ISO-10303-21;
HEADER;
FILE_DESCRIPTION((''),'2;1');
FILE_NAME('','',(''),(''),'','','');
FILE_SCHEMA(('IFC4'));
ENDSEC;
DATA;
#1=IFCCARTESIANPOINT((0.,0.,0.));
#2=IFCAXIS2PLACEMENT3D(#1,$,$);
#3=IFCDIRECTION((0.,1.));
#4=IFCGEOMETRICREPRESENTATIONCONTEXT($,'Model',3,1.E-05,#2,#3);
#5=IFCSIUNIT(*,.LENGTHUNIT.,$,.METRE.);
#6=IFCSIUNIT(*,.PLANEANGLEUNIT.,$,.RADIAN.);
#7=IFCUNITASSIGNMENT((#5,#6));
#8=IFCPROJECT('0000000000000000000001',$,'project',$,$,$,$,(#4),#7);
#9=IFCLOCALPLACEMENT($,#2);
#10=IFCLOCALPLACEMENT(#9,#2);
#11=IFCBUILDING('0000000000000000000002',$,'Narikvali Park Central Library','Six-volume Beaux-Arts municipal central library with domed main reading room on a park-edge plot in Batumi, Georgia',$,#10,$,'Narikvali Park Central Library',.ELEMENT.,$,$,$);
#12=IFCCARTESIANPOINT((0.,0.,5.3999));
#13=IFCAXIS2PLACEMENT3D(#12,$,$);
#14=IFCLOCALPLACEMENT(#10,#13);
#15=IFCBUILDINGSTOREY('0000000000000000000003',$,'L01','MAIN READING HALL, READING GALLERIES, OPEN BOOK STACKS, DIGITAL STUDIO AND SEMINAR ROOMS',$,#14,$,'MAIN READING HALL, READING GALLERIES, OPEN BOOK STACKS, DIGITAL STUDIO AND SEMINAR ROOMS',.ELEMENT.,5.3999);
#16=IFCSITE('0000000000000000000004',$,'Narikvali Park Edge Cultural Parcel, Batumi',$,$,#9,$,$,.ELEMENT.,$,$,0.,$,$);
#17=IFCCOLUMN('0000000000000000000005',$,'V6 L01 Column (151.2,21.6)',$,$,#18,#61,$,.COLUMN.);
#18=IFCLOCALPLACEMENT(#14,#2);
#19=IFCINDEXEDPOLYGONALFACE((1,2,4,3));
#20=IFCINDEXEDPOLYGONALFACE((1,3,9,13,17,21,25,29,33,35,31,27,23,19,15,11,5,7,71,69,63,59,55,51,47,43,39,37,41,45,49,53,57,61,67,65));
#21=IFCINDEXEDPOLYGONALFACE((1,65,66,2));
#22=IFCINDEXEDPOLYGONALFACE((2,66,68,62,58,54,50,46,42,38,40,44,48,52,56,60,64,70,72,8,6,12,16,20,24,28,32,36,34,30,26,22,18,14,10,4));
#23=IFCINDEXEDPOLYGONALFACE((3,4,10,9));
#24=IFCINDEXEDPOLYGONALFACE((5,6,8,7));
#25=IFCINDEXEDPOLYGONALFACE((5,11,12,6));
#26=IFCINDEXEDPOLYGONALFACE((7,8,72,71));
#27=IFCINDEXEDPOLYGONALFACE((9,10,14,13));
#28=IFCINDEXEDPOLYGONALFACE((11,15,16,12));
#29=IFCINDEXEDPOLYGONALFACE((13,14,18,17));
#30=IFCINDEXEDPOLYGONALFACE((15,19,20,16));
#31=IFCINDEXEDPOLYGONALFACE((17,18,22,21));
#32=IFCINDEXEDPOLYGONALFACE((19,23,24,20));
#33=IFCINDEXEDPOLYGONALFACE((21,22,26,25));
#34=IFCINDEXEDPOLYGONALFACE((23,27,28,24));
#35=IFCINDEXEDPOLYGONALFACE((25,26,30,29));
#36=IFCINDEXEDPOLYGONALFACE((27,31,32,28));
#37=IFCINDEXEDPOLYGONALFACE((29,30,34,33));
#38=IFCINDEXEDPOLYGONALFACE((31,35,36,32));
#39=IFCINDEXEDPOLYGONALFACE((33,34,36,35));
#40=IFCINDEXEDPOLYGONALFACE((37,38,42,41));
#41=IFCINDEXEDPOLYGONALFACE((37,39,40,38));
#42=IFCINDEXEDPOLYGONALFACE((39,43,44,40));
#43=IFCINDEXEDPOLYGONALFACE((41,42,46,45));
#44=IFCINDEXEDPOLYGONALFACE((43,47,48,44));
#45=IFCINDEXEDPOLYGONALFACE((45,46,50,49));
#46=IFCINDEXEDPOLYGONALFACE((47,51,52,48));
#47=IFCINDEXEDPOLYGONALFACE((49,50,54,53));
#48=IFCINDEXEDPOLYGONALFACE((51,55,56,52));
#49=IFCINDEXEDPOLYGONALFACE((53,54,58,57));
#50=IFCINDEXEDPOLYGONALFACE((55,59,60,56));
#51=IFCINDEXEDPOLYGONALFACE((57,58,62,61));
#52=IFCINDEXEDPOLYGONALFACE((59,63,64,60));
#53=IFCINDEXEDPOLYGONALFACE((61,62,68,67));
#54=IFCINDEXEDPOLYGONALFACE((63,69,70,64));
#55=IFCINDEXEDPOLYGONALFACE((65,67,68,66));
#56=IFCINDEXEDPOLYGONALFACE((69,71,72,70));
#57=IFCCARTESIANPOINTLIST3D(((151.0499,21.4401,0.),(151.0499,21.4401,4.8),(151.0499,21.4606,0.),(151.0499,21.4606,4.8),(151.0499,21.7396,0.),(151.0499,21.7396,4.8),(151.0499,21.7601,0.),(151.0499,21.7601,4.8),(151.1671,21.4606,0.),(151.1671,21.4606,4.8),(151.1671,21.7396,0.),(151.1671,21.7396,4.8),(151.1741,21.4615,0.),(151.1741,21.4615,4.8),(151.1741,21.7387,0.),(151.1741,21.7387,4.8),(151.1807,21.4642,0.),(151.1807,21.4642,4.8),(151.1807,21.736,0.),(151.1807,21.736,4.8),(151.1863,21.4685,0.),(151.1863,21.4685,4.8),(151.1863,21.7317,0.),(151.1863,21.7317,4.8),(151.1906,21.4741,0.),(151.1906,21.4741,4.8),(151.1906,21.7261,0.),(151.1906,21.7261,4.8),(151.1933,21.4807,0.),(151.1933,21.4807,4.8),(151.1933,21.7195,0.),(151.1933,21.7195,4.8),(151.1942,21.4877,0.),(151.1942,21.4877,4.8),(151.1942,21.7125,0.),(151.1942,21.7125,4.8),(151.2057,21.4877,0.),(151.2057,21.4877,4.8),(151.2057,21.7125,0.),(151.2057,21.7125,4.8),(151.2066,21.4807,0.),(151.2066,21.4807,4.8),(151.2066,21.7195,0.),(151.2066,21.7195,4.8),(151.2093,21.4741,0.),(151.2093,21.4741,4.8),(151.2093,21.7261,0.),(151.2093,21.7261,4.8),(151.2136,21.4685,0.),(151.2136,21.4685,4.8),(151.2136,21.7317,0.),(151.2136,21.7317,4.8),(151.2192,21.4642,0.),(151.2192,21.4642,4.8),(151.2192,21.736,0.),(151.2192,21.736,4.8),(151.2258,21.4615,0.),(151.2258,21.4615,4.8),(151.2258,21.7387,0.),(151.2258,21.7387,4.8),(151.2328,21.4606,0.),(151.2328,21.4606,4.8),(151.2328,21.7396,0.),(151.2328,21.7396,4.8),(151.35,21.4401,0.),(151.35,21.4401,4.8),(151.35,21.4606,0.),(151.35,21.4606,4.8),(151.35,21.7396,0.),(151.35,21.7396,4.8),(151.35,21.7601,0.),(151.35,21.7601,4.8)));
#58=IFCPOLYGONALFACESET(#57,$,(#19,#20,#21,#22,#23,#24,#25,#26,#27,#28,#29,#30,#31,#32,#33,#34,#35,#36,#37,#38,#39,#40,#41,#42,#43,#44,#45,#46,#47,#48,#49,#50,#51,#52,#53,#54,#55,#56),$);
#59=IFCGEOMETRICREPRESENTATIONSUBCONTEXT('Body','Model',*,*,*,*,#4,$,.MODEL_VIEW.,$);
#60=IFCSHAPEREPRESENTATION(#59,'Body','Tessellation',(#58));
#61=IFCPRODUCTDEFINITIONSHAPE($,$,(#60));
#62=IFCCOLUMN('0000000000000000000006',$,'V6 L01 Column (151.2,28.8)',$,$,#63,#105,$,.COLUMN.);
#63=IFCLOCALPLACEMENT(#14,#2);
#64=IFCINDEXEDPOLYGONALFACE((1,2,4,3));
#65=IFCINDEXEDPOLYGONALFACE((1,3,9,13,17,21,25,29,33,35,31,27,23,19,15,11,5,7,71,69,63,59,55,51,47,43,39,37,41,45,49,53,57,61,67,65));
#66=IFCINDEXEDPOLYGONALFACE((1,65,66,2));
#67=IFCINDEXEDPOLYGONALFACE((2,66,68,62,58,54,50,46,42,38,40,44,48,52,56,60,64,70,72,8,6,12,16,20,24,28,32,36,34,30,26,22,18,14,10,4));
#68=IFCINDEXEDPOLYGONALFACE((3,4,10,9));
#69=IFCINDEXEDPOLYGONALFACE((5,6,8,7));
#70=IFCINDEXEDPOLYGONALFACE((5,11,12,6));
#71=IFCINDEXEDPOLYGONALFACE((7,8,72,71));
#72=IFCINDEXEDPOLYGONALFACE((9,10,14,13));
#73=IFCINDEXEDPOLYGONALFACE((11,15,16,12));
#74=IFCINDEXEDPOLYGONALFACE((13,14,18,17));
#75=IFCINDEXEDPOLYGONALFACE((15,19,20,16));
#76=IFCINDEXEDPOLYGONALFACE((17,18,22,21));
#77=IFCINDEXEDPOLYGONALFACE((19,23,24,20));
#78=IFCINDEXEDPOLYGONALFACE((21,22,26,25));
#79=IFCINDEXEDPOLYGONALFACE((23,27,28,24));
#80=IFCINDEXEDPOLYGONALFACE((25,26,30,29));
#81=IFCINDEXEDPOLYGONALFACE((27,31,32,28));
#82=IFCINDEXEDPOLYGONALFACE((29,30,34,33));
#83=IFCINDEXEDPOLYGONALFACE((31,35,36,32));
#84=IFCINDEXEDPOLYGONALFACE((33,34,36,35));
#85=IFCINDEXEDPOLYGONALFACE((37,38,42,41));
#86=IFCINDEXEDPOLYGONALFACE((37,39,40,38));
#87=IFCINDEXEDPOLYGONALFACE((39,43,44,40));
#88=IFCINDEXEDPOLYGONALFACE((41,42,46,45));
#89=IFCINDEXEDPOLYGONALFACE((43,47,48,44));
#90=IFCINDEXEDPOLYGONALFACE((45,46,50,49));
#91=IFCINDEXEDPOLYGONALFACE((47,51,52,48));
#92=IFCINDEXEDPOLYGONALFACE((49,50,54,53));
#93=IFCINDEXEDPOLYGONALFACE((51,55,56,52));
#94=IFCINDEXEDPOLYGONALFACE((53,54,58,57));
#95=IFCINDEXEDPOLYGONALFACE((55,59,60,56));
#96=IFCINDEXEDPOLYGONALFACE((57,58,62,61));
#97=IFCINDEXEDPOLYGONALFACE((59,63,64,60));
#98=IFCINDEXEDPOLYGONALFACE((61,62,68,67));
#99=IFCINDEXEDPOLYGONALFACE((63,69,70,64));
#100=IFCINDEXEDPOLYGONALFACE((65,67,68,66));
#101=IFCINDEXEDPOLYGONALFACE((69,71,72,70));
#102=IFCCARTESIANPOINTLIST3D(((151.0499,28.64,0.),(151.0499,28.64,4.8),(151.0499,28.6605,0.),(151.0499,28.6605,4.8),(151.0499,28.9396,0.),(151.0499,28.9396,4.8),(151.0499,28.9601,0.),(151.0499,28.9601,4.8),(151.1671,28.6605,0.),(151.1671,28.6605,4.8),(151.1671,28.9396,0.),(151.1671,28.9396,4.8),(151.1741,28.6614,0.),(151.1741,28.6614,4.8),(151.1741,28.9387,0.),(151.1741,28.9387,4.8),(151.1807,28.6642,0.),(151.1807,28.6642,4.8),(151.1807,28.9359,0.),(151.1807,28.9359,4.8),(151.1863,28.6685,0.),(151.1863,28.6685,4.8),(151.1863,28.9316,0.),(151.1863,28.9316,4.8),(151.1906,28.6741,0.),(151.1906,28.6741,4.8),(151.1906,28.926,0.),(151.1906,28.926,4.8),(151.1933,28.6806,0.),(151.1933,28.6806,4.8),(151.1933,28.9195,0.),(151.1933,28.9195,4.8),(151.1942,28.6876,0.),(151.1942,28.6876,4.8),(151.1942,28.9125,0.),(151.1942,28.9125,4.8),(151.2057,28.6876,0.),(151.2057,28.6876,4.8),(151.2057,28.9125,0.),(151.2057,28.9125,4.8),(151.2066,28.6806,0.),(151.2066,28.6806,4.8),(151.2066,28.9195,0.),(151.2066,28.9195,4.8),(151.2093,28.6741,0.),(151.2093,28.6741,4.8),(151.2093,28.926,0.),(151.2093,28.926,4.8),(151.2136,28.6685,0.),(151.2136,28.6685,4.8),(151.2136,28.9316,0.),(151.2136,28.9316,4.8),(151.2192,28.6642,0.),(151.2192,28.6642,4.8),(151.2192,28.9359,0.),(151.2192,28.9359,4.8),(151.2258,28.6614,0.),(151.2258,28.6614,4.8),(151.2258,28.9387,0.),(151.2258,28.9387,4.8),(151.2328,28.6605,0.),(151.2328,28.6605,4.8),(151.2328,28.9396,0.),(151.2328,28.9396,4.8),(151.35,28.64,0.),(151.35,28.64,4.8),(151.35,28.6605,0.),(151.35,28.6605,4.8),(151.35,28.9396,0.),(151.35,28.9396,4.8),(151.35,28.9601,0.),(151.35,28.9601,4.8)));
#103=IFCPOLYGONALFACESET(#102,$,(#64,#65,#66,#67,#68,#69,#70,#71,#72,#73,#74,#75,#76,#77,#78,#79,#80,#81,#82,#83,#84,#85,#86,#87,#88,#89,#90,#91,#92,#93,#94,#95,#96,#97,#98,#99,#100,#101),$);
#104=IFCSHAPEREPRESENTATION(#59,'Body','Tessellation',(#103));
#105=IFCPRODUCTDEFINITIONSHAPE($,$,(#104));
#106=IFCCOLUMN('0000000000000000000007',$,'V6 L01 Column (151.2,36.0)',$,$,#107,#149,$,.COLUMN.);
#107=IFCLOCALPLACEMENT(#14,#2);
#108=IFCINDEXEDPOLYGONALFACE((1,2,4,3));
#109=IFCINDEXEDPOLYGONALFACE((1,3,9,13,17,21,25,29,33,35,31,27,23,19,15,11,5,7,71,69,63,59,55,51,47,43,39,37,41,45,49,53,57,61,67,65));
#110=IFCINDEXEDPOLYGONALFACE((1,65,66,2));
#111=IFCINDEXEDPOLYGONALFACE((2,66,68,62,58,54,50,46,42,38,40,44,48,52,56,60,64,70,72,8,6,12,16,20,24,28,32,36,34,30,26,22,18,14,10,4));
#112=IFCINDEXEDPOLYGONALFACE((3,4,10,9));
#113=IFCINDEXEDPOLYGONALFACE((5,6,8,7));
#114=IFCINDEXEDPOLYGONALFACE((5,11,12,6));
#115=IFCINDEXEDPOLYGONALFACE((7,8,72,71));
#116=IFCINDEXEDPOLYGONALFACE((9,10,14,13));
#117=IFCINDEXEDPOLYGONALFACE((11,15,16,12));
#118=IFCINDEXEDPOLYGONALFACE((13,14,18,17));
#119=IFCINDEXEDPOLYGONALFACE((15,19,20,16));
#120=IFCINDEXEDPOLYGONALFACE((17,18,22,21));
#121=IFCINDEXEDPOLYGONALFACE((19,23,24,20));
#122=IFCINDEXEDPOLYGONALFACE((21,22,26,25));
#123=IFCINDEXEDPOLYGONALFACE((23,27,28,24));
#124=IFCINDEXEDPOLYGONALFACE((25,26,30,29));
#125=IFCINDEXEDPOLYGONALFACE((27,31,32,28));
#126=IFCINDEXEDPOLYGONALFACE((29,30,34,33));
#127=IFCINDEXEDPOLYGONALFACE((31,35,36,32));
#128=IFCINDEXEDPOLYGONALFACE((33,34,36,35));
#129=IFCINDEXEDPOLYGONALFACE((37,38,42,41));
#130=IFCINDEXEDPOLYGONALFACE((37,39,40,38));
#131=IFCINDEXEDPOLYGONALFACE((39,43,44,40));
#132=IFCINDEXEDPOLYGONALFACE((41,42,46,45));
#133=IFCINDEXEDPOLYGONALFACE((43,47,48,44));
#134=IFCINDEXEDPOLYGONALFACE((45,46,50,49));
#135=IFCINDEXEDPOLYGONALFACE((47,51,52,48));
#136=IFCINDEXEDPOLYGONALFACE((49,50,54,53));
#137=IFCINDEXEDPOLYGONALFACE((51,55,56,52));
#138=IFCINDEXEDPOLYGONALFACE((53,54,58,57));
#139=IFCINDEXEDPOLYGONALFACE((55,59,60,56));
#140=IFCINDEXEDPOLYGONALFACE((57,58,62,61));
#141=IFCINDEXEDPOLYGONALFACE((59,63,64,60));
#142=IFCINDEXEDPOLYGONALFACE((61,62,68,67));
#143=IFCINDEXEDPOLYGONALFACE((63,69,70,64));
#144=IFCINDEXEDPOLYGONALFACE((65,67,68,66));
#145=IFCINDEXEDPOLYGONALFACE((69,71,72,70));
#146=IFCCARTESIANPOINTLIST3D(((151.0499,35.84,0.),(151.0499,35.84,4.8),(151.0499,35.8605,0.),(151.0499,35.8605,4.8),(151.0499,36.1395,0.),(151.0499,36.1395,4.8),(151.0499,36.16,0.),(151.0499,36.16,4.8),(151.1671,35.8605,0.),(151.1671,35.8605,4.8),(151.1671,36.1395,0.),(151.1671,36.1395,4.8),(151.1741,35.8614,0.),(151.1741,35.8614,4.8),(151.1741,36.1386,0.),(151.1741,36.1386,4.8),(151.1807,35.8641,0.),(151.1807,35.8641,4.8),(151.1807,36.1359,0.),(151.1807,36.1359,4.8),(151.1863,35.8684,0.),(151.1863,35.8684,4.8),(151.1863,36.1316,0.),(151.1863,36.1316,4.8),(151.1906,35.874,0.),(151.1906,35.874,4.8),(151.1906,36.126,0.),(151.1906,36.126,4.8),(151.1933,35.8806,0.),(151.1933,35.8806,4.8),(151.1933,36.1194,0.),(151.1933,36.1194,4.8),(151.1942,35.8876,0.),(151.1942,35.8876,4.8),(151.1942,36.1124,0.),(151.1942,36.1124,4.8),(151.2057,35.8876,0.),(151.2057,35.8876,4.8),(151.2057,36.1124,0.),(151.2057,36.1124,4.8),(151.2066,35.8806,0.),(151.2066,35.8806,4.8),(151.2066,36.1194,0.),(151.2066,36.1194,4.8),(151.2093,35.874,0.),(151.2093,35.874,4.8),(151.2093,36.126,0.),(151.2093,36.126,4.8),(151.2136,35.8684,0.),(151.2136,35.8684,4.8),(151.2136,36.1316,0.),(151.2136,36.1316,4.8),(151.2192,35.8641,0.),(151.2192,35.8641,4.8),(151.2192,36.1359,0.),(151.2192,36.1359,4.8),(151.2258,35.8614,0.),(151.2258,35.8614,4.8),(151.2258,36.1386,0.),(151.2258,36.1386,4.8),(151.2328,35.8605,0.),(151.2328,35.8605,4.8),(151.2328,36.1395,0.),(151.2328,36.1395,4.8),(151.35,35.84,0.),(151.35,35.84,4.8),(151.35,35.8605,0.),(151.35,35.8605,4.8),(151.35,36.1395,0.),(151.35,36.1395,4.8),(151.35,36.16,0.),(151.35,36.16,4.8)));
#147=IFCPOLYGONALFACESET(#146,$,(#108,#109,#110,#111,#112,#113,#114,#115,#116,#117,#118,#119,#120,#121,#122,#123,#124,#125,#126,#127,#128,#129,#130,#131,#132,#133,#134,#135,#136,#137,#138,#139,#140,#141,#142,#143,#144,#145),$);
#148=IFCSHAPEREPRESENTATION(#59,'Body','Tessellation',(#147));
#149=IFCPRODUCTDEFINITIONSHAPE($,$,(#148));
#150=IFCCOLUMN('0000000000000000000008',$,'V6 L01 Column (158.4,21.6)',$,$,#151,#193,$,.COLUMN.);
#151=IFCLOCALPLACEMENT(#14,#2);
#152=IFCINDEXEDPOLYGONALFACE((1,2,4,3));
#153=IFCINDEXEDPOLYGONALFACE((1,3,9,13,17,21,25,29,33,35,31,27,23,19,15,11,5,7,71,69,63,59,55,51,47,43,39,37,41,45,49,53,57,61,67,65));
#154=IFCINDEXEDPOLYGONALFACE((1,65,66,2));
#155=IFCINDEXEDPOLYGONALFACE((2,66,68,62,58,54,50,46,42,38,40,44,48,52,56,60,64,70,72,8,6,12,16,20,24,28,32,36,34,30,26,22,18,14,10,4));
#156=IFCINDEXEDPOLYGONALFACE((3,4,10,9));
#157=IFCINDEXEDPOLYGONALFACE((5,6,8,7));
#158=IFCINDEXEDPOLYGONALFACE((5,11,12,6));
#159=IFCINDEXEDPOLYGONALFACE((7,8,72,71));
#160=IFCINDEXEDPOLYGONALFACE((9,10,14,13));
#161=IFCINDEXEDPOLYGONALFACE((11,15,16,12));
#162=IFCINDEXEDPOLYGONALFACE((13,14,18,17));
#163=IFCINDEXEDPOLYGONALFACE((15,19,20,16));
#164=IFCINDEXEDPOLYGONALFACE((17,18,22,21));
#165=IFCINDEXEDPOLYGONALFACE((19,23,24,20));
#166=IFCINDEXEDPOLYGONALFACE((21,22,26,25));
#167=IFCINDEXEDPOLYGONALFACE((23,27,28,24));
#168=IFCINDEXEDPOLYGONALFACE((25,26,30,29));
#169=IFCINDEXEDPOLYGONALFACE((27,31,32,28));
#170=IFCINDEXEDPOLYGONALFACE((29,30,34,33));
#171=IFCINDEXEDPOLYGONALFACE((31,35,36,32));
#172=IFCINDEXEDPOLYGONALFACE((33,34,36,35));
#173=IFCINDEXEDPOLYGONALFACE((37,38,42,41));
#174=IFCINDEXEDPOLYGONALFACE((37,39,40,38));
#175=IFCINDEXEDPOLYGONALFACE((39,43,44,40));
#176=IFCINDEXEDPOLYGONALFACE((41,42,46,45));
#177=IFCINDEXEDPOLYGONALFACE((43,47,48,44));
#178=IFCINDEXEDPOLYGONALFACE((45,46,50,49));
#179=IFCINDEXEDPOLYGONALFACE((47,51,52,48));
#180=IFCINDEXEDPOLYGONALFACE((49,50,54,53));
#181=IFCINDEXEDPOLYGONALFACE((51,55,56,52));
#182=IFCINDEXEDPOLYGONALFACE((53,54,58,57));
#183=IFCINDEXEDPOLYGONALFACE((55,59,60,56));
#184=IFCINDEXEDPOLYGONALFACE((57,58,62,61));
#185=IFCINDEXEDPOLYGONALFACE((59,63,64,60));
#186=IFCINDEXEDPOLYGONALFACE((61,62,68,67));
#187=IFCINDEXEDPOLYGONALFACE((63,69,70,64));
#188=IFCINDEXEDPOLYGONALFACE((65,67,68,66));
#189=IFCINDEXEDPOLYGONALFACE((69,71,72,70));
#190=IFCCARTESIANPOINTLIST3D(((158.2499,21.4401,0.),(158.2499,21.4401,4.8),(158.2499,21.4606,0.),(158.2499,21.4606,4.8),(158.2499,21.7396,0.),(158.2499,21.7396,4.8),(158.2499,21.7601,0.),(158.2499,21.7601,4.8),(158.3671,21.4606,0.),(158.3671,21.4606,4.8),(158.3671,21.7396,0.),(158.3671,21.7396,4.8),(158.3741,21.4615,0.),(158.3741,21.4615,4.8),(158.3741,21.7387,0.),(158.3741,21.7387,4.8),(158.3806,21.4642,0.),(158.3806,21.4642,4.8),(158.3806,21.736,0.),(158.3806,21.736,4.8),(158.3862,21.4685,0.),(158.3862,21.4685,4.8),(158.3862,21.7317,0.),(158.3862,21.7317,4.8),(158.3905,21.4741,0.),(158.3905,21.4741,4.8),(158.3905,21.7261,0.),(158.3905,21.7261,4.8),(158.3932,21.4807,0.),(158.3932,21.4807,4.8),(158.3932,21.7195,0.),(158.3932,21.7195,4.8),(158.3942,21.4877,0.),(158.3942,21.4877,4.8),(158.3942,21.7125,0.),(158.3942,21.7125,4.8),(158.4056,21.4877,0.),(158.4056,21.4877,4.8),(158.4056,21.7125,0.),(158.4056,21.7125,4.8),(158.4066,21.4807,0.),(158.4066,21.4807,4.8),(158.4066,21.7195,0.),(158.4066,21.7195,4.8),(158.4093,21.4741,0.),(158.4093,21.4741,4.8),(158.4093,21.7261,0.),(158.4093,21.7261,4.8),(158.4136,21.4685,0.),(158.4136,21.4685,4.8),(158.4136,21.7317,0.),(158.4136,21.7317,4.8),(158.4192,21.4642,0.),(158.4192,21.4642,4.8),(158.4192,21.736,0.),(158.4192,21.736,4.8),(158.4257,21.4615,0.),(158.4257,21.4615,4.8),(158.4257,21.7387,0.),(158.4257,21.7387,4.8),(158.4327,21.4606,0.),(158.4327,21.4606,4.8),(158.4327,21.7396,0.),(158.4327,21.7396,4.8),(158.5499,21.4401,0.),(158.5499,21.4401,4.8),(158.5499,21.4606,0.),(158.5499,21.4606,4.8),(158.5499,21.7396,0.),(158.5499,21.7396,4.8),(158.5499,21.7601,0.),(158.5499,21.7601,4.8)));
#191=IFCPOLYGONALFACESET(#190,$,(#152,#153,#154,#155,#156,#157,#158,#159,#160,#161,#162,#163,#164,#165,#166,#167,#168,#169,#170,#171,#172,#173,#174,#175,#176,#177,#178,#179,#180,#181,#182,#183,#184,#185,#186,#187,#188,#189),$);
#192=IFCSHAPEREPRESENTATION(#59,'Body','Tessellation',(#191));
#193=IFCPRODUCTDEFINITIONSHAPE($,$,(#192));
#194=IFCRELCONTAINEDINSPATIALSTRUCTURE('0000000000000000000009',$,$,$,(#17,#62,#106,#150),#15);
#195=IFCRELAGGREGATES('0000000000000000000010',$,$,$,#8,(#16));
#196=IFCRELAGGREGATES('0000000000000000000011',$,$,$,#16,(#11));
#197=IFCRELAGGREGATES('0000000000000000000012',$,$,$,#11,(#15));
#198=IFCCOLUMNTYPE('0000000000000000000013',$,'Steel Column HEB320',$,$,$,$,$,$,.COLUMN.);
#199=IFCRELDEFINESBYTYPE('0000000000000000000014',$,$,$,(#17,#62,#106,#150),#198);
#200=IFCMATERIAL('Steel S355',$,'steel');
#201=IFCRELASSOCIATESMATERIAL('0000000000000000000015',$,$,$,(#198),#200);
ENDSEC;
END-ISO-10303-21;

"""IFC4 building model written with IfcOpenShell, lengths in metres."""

from ifc_helpers import new_model, si_unit, direction, frame, origin, origin_2d, place, context, subcontext, project, spatial, i_section, extrude, material, material_profile, profile_set, type_object, element, save


model = new_model("IFC4")

# Units and contexts
model_context = context("Model", 3, precision=1e-05, world=origin(), true_north=direction((0.0, 1.0)))
body_context = subcontext(model_context, "Body", "Model", "MODEL_VIEW")
ifc_project = project(units=[si_unit("LENGTHUNIT", "METRE"), si_unit("PLANEANGLEUNIT", "RADIAN")], contexts=[model_context])

# Site, building, storey
site_placement = place(None, origin())
site = spatial("IfcSite", under=ifc_project, at=site_placement, Name="Narikvali Park Edge Cultural Parcel, Batumi", CompositionType="ELEMENT", RefElevation=0.0)
building_placement = place(site_placement, origin())
building = spatial("IfcBuilding", under=site, at=building_placement, Name="Narikvali Park Central Library", Description="Six-volume Beaux-Arts municipal central library with domed main reading room on a park-edge plot in Batumi, Georgia", LongName="Narikvali Park Central Library", CompositionType="ELEMENT")
storey_placement = place(building_placement, frame((0.0, 0.0, 5.3999)))
storey = spatial("IfcBuildingStorey", under=building, at=storey_placement, Name="L01", Description="MAIN READING HALL, READING GALLERIES, OPEN BOOK STACKS, DIGITAL STUDIO AND SEMINAR ROOMS", LongName="MAIN READING HALL, READING GALLERIES, OPEN BOOK STACKS, DIGITAL STUDIO AND SEMINAR ROOMS", CompositionType="ELEMENT", Elevation=5.3999)

# Columns
ifc_material_1 = material(Name="Steel S355", Category="steel")
ifc_material_profile_1 = material_profile(ifc_material_1, i_section(OverallWidth=0.3, OverallDepth=0.3201, WebThickness=0.0115, FlangeThickness=0.0205, FilletRadius=0.0271, at=origin_2d()), Name="HEB 320")
ifc_profile_set_1 = profile_set([ifc_material_profile_1], Name="Steel S355")
column_type = type_object("IfcColumnType", Name="Steel Column HEB320", PredefinedType="COLUMN", material=ifc_profile_set_1)
for number, where, z_axis, x_axis, name in (
    (1, (151.2, 21.6001, 0.0), (0.0, 0.0, 1.0), (1.0, 0.0, 0.0), "V6 L01 Column (151.2,21.6)"),
    (2, (151.2, 28.8, 0.0), (0.0, 0.0, 1.0), (1.0, 0.0, 0.0), "V6 L01 Column (151.2,28.8)"),
    (3, (151.2, 36.0, 0.0), (0.0, 0.0, 1.0), (1.0, 0.0, 0.0), "V6 L01 Column (151.2,36.0)"),
    (4, (158.3999, 21.6001, 0.0), (0.0, 0.0, 1.0), (1.0, 0.0, 0.0), "V6 L01 Column (158.4,21.6)"),
):
    element("IfcColumn", number, at=place(storey_placement, frame(where, z_axis=z_axis, x_axis=x_axis)), inside=storey, type_object=column_type, Name=name, PredefinedType="COLUMN", context=body_context, shape_type="SweptSolid", body=[
        extrude(i_section(OverallWidth=0.3, OverallDepth=0.3201, WebThickness=0.0115, FlangeThickness=0.0205, FilletRadius=0.0271, at=origin_2d()), origin(), (0.0, 0.0, 1.0), 4.8),
    ])

save(model, "model.ifc")
